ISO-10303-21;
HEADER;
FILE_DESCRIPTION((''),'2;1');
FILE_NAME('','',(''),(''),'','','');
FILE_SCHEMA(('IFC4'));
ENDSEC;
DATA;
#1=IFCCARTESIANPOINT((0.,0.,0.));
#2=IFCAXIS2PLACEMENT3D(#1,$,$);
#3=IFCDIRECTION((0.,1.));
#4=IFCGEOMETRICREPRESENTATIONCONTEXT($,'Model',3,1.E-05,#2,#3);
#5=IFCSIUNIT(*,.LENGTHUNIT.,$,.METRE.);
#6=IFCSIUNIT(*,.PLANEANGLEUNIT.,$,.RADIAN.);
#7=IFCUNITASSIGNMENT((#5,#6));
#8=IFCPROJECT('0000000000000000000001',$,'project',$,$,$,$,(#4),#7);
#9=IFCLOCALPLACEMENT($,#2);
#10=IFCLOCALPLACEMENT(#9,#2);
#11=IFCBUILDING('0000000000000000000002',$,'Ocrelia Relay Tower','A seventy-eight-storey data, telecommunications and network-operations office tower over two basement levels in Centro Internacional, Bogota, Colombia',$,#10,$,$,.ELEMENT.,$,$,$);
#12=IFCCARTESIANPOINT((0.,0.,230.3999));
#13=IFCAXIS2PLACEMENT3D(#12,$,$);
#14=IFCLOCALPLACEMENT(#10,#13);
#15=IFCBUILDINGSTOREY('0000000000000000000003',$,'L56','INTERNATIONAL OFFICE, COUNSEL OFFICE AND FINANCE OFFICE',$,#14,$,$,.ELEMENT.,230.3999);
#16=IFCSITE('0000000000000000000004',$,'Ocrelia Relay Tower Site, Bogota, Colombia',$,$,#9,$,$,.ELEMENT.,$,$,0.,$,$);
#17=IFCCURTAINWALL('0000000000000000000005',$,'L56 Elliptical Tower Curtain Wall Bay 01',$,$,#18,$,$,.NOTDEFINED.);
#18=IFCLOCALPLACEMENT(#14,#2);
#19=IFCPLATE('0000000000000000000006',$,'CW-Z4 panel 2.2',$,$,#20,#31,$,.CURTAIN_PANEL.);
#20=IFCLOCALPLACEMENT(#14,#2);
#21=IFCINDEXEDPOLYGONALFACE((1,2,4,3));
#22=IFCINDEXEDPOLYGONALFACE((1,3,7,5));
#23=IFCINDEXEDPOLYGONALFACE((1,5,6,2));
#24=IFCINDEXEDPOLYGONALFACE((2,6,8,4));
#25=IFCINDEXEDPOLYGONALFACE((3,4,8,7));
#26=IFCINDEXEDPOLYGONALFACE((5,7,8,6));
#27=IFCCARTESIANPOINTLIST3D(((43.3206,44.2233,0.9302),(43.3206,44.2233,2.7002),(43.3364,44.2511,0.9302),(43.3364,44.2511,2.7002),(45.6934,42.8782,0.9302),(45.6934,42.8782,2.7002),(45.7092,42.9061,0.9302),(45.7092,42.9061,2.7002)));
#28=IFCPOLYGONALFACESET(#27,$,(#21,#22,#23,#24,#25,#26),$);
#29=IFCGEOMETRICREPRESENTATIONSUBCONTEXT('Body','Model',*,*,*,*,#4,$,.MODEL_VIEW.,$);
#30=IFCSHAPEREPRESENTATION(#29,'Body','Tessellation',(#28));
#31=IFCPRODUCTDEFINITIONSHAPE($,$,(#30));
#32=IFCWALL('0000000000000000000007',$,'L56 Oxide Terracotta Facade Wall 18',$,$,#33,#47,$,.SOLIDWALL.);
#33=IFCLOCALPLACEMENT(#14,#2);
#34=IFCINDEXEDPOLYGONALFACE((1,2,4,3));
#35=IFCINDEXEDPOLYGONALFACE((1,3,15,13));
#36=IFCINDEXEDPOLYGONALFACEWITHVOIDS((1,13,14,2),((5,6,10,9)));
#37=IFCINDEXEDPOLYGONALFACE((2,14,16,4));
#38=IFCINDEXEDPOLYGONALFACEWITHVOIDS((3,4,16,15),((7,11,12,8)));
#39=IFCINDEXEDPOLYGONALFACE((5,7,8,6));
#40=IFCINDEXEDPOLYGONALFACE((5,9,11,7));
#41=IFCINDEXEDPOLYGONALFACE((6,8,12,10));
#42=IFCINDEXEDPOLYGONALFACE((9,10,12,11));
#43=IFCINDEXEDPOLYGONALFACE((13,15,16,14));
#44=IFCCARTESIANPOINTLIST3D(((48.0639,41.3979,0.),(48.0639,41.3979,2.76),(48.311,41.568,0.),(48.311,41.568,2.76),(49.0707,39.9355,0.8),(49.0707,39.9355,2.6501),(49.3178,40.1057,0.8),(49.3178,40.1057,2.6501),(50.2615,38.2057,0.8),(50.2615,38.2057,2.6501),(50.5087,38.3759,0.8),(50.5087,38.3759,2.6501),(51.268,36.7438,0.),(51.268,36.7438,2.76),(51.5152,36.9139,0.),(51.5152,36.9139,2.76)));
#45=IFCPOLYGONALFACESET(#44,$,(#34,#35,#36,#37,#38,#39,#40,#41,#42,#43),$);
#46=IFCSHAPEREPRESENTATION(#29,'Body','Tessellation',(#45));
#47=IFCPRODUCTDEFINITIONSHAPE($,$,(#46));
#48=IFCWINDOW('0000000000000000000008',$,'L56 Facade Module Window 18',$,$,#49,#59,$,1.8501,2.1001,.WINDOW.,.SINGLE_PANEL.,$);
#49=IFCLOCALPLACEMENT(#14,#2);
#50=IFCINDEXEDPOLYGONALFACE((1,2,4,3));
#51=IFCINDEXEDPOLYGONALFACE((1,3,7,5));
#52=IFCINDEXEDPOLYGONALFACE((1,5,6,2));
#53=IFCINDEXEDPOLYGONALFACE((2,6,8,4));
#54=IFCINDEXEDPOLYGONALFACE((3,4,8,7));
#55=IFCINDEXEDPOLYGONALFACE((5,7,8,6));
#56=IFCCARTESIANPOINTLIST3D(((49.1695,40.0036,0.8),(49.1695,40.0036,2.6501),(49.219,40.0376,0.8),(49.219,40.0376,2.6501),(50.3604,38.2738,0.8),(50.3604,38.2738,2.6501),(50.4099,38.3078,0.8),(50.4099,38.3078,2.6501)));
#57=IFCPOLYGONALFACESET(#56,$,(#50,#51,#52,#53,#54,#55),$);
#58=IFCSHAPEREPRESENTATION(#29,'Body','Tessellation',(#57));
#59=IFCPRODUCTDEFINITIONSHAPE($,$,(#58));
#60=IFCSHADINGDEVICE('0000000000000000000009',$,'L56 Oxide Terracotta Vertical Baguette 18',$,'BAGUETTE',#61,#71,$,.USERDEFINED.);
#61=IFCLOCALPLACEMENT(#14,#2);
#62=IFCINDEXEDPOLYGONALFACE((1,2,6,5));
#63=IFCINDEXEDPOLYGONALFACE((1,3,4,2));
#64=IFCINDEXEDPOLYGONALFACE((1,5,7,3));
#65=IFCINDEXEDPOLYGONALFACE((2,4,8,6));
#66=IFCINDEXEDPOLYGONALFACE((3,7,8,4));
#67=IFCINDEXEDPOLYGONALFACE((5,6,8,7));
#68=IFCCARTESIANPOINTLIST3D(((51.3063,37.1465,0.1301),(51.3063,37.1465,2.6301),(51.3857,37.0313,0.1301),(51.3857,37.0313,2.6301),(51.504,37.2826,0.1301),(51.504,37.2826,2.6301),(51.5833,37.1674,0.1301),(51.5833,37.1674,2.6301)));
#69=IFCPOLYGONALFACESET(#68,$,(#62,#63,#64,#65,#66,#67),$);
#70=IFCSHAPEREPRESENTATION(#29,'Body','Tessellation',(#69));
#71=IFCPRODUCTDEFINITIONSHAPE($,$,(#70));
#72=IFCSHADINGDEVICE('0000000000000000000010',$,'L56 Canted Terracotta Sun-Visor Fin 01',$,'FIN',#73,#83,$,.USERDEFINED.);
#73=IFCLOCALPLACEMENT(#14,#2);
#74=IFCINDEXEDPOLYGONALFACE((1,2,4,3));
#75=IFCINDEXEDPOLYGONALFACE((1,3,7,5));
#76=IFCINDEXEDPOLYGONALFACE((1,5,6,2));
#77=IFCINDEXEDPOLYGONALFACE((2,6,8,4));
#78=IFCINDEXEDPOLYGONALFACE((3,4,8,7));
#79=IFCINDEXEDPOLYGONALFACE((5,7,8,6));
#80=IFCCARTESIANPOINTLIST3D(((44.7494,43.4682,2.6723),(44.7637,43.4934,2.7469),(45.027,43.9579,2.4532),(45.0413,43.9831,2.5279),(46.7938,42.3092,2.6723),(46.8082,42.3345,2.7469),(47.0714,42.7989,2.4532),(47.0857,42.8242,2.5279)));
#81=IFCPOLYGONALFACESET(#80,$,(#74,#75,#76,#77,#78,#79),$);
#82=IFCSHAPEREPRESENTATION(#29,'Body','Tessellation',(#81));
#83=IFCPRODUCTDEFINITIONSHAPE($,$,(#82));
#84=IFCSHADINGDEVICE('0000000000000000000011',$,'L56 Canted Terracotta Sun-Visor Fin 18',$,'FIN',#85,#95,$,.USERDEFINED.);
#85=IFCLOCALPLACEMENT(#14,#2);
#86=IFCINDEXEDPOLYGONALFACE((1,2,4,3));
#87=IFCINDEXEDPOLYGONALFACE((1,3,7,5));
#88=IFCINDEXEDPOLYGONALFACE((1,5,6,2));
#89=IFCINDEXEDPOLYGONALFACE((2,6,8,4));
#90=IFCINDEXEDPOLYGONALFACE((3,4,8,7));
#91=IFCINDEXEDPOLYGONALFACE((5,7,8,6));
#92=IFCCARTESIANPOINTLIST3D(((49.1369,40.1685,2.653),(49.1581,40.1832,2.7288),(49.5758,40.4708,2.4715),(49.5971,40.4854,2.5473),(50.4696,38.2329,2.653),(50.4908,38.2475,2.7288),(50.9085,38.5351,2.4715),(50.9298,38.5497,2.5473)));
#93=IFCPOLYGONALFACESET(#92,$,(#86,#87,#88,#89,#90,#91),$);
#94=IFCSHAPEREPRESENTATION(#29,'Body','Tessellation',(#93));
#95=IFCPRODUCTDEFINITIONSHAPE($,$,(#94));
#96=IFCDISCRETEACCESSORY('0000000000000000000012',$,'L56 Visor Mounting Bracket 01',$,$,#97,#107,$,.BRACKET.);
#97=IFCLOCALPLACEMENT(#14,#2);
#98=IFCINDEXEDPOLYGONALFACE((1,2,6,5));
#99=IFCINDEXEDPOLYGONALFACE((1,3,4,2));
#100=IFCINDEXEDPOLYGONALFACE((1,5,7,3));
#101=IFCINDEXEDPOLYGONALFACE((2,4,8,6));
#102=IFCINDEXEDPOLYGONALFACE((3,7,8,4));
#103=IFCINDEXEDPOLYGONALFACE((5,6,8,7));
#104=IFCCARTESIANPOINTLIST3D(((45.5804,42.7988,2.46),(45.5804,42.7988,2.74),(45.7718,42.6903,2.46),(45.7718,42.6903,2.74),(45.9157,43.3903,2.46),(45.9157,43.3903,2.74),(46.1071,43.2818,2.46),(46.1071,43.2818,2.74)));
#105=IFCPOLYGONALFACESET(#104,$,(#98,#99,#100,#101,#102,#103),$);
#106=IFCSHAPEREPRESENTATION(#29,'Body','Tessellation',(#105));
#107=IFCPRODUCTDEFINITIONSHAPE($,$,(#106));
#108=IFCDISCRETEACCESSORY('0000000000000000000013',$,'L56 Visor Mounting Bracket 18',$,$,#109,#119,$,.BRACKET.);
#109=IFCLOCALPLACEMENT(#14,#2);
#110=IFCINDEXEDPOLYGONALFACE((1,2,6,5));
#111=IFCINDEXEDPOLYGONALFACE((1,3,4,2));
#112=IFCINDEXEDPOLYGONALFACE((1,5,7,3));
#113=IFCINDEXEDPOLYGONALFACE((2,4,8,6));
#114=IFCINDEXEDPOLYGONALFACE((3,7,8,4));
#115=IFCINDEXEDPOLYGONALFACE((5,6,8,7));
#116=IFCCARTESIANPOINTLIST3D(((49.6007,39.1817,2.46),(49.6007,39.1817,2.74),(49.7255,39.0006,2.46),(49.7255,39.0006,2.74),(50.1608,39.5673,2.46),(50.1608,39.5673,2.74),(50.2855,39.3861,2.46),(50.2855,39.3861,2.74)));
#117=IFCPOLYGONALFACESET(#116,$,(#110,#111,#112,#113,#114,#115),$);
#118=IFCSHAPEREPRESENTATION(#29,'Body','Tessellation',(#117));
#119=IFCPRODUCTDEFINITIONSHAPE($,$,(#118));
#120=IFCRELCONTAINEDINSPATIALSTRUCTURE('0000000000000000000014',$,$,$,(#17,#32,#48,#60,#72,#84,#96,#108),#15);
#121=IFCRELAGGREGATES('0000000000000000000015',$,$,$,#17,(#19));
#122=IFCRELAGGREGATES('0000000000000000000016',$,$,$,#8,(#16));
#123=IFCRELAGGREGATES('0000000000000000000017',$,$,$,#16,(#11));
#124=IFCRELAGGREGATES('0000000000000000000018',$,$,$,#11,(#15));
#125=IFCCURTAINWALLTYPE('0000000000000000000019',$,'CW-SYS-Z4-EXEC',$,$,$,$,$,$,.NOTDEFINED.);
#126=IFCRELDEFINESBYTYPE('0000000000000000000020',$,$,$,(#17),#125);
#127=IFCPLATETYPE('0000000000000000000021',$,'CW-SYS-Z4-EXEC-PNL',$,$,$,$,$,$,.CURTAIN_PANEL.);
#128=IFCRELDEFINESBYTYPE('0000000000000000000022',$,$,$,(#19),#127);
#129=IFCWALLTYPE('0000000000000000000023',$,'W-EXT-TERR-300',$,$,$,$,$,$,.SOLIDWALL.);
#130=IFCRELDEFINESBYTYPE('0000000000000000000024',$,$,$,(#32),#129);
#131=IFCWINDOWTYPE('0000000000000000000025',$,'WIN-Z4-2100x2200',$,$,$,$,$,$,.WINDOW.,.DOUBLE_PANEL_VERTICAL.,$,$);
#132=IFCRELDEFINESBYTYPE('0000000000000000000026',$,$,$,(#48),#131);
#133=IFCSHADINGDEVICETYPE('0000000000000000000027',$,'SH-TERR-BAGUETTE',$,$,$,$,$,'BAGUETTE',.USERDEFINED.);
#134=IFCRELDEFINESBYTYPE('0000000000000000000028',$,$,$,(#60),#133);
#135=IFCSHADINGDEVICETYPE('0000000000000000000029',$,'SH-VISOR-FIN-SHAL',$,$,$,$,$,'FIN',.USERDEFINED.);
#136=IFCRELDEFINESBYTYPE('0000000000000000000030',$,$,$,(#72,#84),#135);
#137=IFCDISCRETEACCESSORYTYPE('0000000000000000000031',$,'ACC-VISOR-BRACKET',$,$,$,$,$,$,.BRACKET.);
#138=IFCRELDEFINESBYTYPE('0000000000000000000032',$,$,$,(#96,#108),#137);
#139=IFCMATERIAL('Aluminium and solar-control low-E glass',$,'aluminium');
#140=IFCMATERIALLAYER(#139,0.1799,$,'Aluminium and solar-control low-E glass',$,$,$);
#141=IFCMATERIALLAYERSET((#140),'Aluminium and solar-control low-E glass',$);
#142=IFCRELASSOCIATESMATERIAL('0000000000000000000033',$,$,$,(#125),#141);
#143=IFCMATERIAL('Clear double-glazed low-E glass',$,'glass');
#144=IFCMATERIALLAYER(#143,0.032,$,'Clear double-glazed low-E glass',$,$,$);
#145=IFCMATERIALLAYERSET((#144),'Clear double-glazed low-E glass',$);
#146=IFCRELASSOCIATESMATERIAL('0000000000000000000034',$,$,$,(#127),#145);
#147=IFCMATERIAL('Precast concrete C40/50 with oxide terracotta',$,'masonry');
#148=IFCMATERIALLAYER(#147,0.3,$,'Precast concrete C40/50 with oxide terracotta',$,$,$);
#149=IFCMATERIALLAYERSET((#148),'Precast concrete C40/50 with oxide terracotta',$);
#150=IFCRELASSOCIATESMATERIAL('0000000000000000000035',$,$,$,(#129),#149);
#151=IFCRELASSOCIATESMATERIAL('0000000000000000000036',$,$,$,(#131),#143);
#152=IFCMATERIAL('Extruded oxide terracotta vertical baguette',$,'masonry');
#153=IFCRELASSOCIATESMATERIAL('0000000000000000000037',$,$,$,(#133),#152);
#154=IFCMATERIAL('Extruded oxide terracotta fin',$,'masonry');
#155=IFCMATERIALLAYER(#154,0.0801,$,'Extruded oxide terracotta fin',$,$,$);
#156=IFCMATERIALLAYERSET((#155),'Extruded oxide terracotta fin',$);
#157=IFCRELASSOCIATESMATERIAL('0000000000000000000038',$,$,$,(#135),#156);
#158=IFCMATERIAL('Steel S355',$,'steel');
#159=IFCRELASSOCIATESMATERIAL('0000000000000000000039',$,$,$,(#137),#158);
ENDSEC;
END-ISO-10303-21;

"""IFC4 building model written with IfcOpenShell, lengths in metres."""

from ifc_helpers import new_model, si_unit, direction, frame, frame_2d, origin, origin_2d, place, context, subcontext, project, spatial, rectangle, extrude, material, layer, layer_set, type_object, element, fill, aggregate, save


model = new_model("IFC4")

# Units and contexts
model_context = context("Model", 3, precision=1e-05, world=origin(), true_north=direction((0.0, 1.0)))
body_context = subcontext(model_context, "Body", "Model", "MODEL_VIEW")
ifc_project = project(units=[si_unit("LENGTHUNIT", "METRE"), si_unit("PLANEANGLEUNIT", "RADIAN")], contexts=[model_context])

# Site, building, storey
site_placement = place(None, origin())
site = spatial("IfcSite", under=ifc_project, at=site_placement, Name="Ocrelia Relay Tower Site, Bogota, Colombia", CompositionType="ELEMENT", RefElevation=0.0)
building_placement = place(site_placement, origin())
building = spatial("IfcBuilding", under=site, at=building_placement, Name="Ocrelia Relay Tower", Description="A seventy-eight-storey data, telecommunications and network-operations office tower over two basement levels in Centro Internacional, Bogota, Colombia", CompositionType="ELEMENT")
storey_placement = place(building_placement, frame((0.0, 0.0, 230.3999)))
storey = spatial("IfcBuildingStorey", under=building, at=storey_placement, Name="L56", Description="INTERNATIONAL OFFICE, COUNSEL OFFICE AND FINANCE OFFICE", CompositionType="ELEMENT", Elevation=230.3999)

# Curtain wall, plate
ifc_material_1 = material(Name="Aluminium and solar-control low-E glass", Category="aluminium")
ifc_layer_1 = layer(ifc_material_1, 0.1799, Name="Aluminium and solar-control low-E glass")
ifc_layer_set_1 = layer_set([ifc_layer_1], Name="Aluminium and solar-control low-E glass")
curtain_wall_type = type_object("IfcCurtainWallType", Name="CW-SYS-Z4-EXEC", PredefinedType="NOTDEFINED", material=ifc_layer_set_1)
curtain_wall_placement = place(storey_placement, origin())
curtain_wall = element("IfcCurtainWall", 1, at=curtain_wall_placement, inside=storey, type_object=curtain_wall_type, Name="L56 Elliptical Tower Curtain Wall Bay 01", PredefinedType="NOTDEFINED")
ifc_material_2 = material(Name="Clear double-glazed low-E glass", Category="glass")
ifc_layer_2 = layer(ifc_material_2, 0.032, Name="Clear double-glazed low-E glass")
ifc_layer_set_2 = layer_set([ifc_layer_2], Name="Clear double-glazed low-E glass")
plate_type = type_object("IfcPlateType", Name="CW-SYS-Z4-EXEC-PNL", PredefinedType="CURTAIN_PANEL", material=ifc_layer_set_2)
plate_1_placement = place(storey_placement, frame((44.5149, 43.5647, 0.9302), z_axis=(0.0, 0.0, 1.0), x_axis=(-0.869946, 0.493147, 0.0)))
plate_1 = element("IfcPlate", 2, at=plate_1_placement, type_object=plate_type, Name="CW-Z4 panel 2.2", PredefinedType="CURTAIN_PANEL", context=body_context, shape_type="SweptSolid", body=[
    extrude(rectangle(XDim=2.7275, YDim=0.032, at=origin_2d()), origin(), (0.0, 0.0, 1.0), 1.77),
])
aggregate(curtain_wall, [plate_1])

# Wall, opening, window
ifc_material_3 = material(Name="Precast concrete C40/50 with oxide terracotta", Category="masonry")
ifc_layer_3 = layer(ifc_material_3, 0.3, Name="Precast concrete C40/50 with oxide terracotta")
ifc_layer_set_3 = layer_set([ifc_layer_3], Name="Precast concrete C40/50 with oxide terracotta")
wall_type = type_object("IfcWallType", Name="W-EXT-TERR-300", PredefinedType="SOLIDWALL", material=ifc_layer_set_3)
wall_placement = place(storey_placement, frame((51.3916, 36.8289, 0.0), z_axis=(0.0, 0.0, 1.0), x_axis=(-0.567062, 0.823675, 0.0)))
wall = element("IfcWall", 3, at=wall_placement, inside=storey, type_object=wall_type, Name="L56 Oxide Terracotta Facade Wall 18", PredefinedType="SOLIDWALL", context=body_context, shape_type="SweptSolid", body=[
    extrude(rectangle(XDim=5.6504, YDim=0.3, at=frame_2d((2.8252, 0.0))), origin(), (0.0, 0.0, 1.0), 2.76),
])
opening_placement = place(wall_placement, frame((1.7749, 0.0, 0.8)))
opening = element("IfcOpeningElement", 4, at=opening_placement, cuts=wall, PredefinedType="OPENING", context=body_context, shape_type="SweptSolid", body=[
    extrude(rectangle(XDim=2.1001, YDim=1.8501, at=frame_2d((1.05, 0.925))), frame((0.0, 0.1602, 0.0), z_axis=(0.0, -1.0, 0.0), x_axis=(1.0, 0.0, 0.0)), (0.0, 0.0, 1.0), 0.3201),
])
window_type = type_object("IfcWindowType", Name="WIN-Z4-2100x2200", PartitioningType="DOUBLE_PANEL_VERTICAL", PredefinedType="WINDOW", material=ifc_material_2)
window_placement = place(opening_placement, origin())
window = element("IfcWindow", 5, at=window_placement, inside=storey, type_object=window_type, Name="L56 Facade Module Window 18", OverallHeight=1.8501, OverallWidth=2.1001, PartitioningType="SINGLE_PANEL", PredefinedType="WINDOW", context=body_context, shape_type="SweptSolid", body=[
    extrude(rectangle(XDim=2.1001, YDim=1.8501, at=frame_2d((1.05, 0.925))), frame((0.0, 0.03, 0.0), z_axis=(0.0, -1.0, 0.0), x_axis=(1.0, 0.0, 0.0)), (0.0, 0.0, 1.0), 0.0601),
])
fill(opening, window)

# Shading devices
ifc_material_4 = material(Name="Extruded oxide terracotta vertical baguette", Category="masonry")
shading_device_type_1 = type_object("IfcShadingDeviceType", Name="SH-TERR-BAGUETTE", ElementType="BAGUETTE", PredefinedType="USERDEFINED", material=ifc_material_4)
shading_device_1_placement = place(storey_placement, frame((51.4448, 37.157, 0.1301), z_axis=(0.0, 0.0, 1.0), x_axis=(-0.567087, 0.823658, 0.0)))
element("IfcShadingDevice", 6, at=shading_device_1_placement, inside=storey, type_object=shading_device_type_1, Name="L56 Oxide Terracotta Vertical Baguette 18", ObjectType="BAGUETTE", PredefinedType="USERDEFINED", context=body_context, shape_type="SweptSolid", body=[
    extrude(rectangle(XDim=0.1399, YDim=0.24, at=origin_2d()), origin(), (0.0, 0.0, 1.0), 2.5),
])
ifc_material_5 = material(Name="Extruded oxide terracotta fin", Category="masonry")
ifc_layer_4 = layer(ifc_material_5, 0.0801, Name="Extruded oxide terracotta fin")
ifc_layer_set_4 = layer_set([ifc_layer_4], Name="Extruded oxide terracotta fin")
shading_device_type_2 = type_object("IfcShadingDeviceType", Name="SH-VISOR-FIN-SHAL", ElementType="FIN", PredefinedType="USERDEFINED", material=ifc_layer_set_4)
shading_device_2_placement = place(storey_placement, frame((45.9104, 43.1335, 2.5627), z_axis=(0.178816, 0.315443, 0.931945), x_axis=(-0.869946, 0.493147, 0.0)))
element("IfcShadingDevice", 7, at=shading_device_2_placement, inside=storey, type_object=shading_device_type_2, Name="L56 Canted Terracotta Sun-Visor Fin 01", ObjectType="FIN", PredefinedType="USERDEFINED", context=body_context, shape_type="SweptSolid", body=[
    extrude(rectangle(XDim=2.3501, YDim=0.604, at=origin_2d()), origin(), (0.0, 0.0, 1.0), 0.0801),
])
shading_device_3_placement = place(storey_placement, frame((50.0227, 39.3518, 2.5623), z_axis=(0.265437, 0.182753, 0.946649), x_axis=(-0.567087, 0.823658, 0.0)))
element("IfcShadingDevice", 8, at=shading_device_3_placement, inside=storey, type_object=shading_device_type_2, Name="L56 Canted Terracotta Sun-Visor Fin 18", ObjectType="FIN", PredefinedType="USERDEFINED", context=body_context, shape_type="SweptSolid", body=[
    extrude(rectangle(XDim=2.3501, YDim=0.563, at=origin_2d()), origin(), (0.0, 0.0, 1.0), 0.0801),
])

# Discrete accessories
ifc_material_6 = material(Name="Steel S355", Category="steel")
discrete_accessory_type = type_object("IfcDiscreteAccessoryType", Name="ACC-VISOR-BRACKET", PredefinedType="BRACKET", material=ifc_material_6)
for number, where, z_axis, x_axis, name in (
    (9, (45.8438, 43.0403, 2.46), (0.0, 0.0, 1.0), (-0.869946, 0.493147, 0.0), "L56 Visor Mounting Bracket 01"),
    (10, (49.9431, 39.2839, 2.46), (0.0, 0.0, 1.0), (-0.567087, 0.823658, 0.0), "L56 Visor Mounting Bracket 18"),
):
    element("IfcDiscreteAccessory", number, at=place(storey_placement, frame(where, z_axis=z_axis, x_axis=x_axis)), inside=storey, type_object=discrete_accessory_type, Name=name, PredefinedType="BRACKET", context=body_context, shape_type="SweptSolid", body=[
        extrude(rectangle(XDim=0.22, YDim=0.6799, at=origin_2d()), origin(), (0.0, 0.0, 1.0), 0.28),
    ])

save(model, "model.ifc")
